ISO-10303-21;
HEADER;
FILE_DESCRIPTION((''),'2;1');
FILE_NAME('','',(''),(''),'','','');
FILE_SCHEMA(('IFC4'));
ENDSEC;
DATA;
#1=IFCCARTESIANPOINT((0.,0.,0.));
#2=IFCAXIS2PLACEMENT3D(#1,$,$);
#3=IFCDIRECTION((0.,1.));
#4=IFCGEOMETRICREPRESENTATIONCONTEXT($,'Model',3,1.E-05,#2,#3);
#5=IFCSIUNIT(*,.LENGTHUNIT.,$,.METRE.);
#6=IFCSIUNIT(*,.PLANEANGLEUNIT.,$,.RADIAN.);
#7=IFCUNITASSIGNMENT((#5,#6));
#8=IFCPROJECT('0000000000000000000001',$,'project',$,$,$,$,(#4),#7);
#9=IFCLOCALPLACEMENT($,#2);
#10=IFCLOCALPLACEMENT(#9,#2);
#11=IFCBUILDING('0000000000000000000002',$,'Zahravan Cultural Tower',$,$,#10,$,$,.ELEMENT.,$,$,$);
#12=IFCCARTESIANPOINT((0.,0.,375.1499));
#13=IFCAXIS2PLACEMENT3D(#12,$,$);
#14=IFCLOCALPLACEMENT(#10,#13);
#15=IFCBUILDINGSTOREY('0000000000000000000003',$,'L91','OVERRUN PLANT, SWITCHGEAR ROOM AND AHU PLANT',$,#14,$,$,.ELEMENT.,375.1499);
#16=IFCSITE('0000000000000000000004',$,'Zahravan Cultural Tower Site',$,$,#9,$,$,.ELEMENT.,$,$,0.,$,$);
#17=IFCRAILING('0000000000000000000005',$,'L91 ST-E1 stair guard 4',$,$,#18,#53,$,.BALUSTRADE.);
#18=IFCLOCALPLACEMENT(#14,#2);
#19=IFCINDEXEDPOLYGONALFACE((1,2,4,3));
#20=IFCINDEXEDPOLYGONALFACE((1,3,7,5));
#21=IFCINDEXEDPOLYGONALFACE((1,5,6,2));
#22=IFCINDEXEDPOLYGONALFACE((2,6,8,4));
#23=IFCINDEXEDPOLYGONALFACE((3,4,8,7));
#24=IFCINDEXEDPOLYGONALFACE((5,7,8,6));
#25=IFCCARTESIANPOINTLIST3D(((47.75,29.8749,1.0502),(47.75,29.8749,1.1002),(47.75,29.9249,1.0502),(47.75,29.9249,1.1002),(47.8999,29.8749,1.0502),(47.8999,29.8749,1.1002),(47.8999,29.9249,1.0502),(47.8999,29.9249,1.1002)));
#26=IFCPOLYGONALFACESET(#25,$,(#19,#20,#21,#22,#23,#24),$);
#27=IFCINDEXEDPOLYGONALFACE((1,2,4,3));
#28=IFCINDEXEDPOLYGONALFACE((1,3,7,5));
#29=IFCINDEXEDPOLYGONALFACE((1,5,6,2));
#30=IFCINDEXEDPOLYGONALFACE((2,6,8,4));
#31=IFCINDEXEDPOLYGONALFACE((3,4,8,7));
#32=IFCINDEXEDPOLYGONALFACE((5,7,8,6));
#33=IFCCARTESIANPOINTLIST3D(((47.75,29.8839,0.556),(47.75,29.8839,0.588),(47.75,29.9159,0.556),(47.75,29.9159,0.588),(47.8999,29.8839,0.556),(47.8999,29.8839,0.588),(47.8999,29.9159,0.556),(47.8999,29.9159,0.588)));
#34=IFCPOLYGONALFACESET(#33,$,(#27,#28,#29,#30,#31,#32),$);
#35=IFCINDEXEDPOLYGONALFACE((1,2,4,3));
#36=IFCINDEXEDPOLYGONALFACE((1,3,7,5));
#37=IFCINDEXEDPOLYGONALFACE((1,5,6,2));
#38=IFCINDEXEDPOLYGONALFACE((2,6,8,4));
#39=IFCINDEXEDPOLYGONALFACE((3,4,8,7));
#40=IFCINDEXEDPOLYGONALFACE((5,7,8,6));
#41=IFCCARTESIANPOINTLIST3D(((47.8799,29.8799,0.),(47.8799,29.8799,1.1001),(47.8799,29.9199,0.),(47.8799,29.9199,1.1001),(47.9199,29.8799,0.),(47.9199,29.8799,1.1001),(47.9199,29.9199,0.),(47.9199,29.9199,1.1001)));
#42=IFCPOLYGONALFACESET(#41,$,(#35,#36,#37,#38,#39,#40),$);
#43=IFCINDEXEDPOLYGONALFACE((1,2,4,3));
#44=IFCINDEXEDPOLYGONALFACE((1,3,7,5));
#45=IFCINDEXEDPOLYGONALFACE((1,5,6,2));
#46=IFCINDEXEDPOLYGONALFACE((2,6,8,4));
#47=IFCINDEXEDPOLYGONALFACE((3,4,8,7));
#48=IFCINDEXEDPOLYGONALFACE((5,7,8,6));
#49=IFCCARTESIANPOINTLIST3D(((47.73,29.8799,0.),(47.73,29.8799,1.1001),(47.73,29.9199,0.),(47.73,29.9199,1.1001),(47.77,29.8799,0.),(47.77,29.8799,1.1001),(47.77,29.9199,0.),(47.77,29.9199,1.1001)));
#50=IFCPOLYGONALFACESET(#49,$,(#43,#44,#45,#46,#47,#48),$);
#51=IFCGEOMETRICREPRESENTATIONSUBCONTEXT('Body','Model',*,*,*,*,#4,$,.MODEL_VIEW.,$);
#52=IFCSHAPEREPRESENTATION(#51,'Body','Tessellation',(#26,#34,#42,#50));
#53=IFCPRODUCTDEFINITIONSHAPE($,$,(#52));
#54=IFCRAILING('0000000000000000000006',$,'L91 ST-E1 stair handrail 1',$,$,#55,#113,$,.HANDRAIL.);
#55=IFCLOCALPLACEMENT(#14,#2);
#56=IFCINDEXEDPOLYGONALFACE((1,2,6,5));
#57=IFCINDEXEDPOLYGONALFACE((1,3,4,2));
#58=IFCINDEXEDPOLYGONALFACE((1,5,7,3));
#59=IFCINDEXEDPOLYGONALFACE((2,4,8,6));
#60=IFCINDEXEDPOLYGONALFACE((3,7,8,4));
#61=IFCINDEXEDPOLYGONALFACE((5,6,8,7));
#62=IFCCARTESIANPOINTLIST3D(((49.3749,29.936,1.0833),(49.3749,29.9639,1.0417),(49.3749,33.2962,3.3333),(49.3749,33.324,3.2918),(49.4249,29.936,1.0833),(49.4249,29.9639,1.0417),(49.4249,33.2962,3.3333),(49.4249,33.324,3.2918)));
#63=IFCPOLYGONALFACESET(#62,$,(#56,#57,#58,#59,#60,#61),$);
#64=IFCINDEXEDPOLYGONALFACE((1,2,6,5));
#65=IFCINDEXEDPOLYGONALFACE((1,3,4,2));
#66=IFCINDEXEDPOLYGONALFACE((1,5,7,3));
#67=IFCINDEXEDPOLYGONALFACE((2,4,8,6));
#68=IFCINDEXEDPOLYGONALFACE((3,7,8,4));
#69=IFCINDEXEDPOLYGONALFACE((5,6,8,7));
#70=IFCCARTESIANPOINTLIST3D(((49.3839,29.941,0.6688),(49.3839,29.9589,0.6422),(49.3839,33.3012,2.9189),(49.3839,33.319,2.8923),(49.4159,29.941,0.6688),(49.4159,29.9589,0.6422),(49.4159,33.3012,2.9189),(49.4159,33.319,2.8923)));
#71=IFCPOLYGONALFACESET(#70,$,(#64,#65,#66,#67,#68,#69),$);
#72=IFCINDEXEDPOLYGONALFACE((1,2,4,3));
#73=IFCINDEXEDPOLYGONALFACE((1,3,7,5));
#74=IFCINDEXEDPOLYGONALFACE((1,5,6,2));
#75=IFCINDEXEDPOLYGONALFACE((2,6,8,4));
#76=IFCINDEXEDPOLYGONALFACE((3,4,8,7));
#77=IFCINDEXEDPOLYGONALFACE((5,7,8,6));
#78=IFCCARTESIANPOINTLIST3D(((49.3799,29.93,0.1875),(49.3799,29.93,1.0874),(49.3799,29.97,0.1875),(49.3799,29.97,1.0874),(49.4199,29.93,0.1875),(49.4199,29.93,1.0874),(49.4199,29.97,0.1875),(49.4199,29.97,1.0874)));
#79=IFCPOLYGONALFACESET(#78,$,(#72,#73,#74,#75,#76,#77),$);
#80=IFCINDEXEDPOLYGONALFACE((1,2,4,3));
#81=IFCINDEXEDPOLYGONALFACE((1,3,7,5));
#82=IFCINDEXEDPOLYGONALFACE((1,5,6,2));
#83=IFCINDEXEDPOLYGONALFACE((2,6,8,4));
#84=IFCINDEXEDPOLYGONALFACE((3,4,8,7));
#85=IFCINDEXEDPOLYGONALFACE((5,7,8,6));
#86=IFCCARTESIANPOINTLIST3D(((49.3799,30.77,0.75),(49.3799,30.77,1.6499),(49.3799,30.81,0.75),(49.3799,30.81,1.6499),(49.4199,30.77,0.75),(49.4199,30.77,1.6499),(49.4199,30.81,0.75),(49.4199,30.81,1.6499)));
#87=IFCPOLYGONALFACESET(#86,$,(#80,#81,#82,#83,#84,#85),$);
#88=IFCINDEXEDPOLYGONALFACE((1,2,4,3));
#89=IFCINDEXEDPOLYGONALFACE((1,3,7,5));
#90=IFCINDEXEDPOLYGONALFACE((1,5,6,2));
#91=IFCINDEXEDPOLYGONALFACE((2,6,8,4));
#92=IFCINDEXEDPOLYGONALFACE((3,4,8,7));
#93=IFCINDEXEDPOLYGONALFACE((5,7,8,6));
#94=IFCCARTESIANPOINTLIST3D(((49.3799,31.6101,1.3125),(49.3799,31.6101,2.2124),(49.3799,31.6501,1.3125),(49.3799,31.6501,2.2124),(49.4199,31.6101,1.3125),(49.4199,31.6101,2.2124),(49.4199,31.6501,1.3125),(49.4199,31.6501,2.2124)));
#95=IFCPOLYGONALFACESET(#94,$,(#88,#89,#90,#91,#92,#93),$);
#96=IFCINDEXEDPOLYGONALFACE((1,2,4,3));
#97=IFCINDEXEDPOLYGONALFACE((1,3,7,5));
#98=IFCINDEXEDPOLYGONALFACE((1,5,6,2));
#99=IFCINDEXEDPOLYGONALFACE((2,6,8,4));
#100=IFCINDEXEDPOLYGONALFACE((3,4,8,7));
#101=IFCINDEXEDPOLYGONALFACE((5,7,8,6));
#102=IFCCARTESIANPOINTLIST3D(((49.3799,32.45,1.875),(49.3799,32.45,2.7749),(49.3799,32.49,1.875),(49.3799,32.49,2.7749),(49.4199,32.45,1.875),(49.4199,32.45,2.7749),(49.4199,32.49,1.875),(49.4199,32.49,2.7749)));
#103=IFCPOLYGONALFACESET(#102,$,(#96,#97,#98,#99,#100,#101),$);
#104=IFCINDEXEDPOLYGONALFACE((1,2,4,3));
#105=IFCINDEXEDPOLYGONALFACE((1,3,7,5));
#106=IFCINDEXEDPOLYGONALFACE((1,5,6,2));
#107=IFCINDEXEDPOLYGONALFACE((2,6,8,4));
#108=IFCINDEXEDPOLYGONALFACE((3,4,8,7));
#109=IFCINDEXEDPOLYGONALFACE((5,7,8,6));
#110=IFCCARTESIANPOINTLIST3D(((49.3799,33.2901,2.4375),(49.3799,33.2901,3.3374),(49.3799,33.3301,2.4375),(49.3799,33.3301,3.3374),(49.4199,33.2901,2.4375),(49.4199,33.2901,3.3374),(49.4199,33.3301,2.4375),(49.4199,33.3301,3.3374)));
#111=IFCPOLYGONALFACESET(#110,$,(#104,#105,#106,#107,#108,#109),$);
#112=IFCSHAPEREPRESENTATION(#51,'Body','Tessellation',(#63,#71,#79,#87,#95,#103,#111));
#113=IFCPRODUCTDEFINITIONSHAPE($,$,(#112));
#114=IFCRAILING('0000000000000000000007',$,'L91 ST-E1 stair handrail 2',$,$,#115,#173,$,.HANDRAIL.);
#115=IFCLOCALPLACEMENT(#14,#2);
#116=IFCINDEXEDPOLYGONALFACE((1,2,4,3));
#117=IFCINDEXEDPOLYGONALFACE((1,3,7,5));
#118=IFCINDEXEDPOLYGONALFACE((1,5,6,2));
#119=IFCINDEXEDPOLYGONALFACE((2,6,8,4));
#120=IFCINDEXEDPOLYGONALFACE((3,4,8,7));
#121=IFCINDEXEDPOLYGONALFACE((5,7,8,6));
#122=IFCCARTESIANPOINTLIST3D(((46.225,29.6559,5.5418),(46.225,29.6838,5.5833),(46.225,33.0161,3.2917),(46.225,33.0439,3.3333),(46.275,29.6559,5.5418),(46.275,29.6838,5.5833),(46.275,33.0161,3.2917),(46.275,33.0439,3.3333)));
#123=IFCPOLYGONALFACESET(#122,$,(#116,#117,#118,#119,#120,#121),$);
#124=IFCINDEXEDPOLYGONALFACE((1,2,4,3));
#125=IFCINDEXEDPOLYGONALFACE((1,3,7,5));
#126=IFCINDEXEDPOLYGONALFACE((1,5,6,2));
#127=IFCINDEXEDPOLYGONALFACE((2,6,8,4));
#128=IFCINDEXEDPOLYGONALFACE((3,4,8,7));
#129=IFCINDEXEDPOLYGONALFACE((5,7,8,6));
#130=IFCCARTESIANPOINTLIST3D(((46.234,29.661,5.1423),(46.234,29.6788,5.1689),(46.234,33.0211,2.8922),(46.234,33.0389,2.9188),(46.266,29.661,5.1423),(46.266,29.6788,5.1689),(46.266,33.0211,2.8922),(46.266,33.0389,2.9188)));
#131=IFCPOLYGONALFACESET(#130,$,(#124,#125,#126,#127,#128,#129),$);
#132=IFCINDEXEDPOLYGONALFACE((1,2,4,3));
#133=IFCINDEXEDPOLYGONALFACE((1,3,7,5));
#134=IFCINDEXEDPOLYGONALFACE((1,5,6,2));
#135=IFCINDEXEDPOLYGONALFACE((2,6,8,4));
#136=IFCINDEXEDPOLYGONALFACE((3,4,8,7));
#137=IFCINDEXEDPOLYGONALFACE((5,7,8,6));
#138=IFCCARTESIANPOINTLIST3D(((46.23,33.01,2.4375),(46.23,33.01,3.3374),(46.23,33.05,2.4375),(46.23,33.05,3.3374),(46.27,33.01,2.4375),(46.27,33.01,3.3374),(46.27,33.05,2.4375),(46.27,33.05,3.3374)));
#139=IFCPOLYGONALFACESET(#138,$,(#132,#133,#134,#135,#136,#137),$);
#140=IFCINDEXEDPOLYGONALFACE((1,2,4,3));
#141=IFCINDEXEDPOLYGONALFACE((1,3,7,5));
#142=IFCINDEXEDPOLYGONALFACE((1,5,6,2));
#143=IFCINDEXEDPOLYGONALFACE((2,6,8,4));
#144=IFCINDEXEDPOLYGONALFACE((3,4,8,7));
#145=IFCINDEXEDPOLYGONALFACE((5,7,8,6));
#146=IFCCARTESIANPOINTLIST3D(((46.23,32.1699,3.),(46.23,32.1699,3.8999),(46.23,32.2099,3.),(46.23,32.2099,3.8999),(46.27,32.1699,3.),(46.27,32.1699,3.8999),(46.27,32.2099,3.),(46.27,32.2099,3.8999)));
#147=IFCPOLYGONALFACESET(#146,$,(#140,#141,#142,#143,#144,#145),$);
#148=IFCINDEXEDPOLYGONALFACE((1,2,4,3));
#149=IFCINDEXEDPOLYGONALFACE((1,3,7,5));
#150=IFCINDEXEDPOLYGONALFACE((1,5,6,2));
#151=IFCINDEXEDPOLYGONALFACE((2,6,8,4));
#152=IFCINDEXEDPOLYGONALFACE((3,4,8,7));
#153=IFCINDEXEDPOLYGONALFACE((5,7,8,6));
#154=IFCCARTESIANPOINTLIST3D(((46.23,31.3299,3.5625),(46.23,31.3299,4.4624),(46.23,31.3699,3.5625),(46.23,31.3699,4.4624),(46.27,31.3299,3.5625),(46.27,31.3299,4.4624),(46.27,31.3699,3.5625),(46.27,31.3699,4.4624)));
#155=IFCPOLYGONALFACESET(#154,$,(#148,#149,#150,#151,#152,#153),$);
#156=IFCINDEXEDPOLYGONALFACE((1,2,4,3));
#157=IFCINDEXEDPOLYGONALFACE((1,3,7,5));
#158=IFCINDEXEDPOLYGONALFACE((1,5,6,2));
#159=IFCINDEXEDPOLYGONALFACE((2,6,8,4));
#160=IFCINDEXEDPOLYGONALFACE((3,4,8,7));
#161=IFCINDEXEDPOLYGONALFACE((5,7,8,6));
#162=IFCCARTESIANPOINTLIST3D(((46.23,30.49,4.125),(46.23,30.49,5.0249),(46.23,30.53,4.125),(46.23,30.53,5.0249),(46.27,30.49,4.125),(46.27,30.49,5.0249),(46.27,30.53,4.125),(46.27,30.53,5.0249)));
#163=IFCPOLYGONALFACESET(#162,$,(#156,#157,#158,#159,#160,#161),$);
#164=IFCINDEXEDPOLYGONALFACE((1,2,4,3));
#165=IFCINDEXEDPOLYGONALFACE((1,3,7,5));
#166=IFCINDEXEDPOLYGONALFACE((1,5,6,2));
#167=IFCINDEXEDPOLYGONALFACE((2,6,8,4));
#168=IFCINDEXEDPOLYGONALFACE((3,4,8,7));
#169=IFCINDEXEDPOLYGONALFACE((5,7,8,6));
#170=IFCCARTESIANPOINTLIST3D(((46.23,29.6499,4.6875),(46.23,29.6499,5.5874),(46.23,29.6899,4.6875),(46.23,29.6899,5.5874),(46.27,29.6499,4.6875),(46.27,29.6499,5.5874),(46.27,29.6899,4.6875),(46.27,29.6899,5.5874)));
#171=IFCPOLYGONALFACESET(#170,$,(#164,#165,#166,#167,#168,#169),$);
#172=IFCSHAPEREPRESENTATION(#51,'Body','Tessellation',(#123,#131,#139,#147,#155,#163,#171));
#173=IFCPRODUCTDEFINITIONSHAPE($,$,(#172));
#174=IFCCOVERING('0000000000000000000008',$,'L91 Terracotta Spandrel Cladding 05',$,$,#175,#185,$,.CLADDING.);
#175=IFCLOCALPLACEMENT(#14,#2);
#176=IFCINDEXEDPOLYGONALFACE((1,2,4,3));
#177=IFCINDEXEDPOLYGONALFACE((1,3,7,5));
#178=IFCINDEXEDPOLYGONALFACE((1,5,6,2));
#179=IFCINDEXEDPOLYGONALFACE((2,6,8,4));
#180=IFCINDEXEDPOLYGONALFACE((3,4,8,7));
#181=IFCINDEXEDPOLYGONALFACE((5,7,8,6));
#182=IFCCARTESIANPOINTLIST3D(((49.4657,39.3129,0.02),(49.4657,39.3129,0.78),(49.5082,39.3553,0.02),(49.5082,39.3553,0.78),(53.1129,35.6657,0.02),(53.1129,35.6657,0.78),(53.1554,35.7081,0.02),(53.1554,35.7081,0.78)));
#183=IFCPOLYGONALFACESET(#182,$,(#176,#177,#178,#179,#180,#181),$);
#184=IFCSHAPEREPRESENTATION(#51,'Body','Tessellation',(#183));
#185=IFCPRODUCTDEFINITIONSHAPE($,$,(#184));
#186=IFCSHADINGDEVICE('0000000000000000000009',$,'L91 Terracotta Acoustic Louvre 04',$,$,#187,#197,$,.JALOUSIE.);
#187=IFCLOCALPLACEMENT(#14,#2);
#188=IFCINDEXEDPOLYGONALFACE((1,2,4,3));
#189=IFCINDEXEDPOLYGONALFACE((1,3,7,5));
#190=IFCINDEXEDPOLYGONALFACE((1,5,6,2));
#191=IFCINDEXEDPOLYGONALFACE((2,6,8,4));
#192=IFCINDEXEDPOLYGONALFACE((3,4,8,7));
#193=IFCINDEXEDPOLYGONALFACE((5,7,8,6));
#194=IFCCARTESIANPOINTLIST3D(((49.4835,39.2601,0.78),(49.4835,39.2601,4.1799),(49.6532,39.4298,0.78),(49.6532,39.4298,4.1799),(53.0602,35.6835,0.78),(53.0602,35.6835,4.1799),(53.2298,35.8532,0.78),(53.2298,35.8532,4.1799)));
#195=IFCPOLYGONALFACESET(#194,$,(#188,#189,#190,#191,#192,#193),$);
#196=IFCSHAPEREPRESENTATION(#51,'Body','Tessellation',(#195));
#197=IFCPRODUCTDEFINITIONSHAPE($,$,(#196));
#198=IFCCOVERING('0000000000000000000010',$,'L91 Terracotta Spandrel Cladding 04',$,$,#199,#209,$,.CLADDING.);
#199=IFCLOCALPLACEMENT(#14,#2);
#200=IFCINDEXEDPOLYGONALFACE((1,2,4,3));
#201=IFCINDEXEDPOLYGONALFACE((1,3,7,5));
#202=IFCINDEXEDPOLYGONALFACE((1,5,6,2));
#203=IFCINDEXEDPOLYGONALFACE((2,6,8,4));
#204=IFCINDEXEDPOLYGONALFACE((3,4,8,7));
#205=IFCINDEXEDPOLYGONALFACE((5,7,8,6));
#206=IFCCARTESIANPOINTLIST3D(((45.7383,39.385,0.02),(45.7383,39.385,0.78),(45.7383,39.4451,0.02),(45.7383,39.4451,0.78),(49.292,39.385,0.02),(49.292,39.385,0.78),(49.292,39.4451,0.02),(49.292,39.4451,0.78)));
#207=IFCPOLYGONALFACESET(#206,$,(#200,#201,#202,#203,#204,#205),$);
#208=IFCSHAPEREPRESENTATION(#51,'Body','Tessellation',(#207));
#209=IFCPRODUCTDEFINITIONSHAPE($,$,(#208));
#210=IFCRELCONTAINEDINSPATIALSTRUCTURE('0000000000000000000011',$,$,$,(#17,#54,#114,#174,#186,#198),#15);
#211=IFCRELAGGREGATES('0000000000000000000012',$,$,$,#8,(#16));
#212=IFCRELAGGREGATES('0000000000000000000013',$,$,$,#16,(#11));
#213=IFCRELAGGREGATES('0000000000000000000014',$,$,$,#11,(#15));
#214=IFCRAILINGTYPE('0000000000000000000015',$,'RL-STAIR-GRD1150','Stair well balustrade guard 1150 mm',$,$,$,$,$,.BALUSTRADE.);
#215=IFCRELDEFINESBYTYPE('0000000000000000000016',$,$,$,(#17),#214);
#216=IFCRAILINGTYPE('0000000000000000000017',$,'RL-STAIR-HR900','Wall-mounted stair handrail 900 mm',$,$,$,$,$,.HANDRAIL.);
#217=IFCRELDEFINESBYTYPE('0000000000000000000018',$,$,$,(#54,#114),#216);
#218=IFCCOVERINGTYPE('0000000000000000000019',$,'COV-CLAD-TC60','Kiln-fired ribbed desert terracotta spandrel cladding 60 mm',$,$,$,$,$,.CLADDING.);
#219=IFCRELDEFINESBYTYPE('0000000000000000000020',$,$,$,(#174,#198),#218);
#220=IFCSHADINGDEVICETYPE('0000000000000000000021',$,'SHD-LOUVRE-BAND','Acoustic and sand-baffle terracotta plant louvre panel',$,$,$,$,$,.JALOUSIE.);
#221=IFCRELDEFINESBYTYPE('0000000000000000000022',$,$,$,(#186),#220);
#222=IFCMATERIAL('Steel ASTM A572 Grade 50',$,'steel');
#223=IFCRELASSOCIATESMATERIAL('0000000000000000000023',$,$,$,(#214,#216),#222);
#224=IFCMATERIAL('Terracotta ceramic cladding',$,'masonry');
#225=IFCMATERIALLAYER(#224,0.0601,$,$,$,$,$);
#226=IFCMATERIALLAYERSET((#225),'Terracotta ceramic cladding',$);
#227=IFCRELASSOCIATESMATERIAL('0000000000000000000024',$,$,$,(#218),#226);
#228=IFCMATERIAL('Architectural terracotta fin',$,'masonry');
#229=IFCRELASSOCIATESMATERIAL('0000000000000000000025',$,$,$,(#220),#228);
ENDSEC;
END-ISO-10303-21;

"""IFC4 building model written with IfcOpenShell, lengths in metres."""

from ifc_helpers import new_model, si_unit, direction, frame, origin, origin_2d, place, context, subcontext, project, spatial, rectangle, extrude, source, transform, mapped, material, layer, layer_set, type_object, element, save


model = new_model("IFC4")

# Units and contexts
model_context = context("Model", 3, precision=1e-05, world=origin(), true_north=direction((0.0, 1.0)))
body_context = subcontext(model_context, "Body", "Model", "MODEL_VIEW")
ifc_project = project(units=[si_unit("LENGTHUNIT", "METRE"), si_unit("PLANEANGLEUNIT", "RADIAN")], contexts=[model_context])

# Site, building, storey
site_placement = place(None, origin())
site = spatial("IfcSite", under=ifc_project, at=site_placement, Name="Zahravan Cultural Tower Site", CompositionType="ELEMENT", RefElevation=0.0)
building_placement = place(site_placement, origin())
building = spatial("IfcBuilding", under=site, at=building_placement, Name="Zahravan Cultural Tower", CompositionType="ELEMENT")
storey_placement = place(building_placement, frame((0.0, 0.0, 375.1499)))
storey = spatial("IfcBuildingStorey", under=building, at=storey_placement, Name="L91", Description="OVERRUN PLANT, SWITCHGEAR ROOM AND AHU PLANT", CompositionType="ELEMENT", Elevation=375.1499)

# Shared definitions
ifc_material_1 = material(Name="Steel ASTM A572 Grade 50", Category="steel")

# Railings
railing_type_1 = type_object("IfcRailingType", Name="RL-STAIR-GRD1150", Description="Stair well balustrade guard 1150 mm", PredefinedType="BALUSTRADE", material=ifc_material_1)
railing_1_placement = place(storey_placement, frame((47.8999, 29.8999, 0.0)))
element("IfcRailing", 1, at=railing_1_placement, inside=storey, type_object=railing_type_1, Name="L91 ST-E1 stair guard 4", PredefinedType="BALUSTRADE", context=body_context, shape_type="SweptSolid", body=[
    extrude(rectangle(XDim=0.05, YDim=0.05, at=origin_2d()), frame((0.0, 0.0, 1.0752), z_axis=(-1.0, 0.0, 0.0), x_axis=(0.0, -1.0, 0.0)), (0.0, 0.0, 1.0), 0.1499),
    extrude(rectangle(XDim=0.032, YDim=0.032, at=origin_2d()), frame((0.0, 0.0, 0.572), z_axis=(-1.0, 0.0, 0.0), x_axis=(0.0, -1.0, 0.0)), (0.0, 0.0, 1.0), 0.1499),
    extrude(rectangle(XDim=0.04, YDim=0.04, at=origin_2d()), origin(), (0.0, 0.0, 1.0), 1.1001),
    extrude(rectangle(XDim=0.04, YDim=0.04, at=origin_2d()), frame((-0.1499, 0.0, 0.0)), (0.0, 0.0, 1.0), 1.1001),
])
railing_type_2 = type_object("IfcRailingType", Name="RL-STAIR-HR900", Description="Wall-mounted stair handrail 900 mm", PredefinedType="HANDRAIL", material=ifc_material_1)
railing_2_placement = place(storey_placement, frame((49.3999, 29.95, 0.1875)))
element("IfcRailing", 2, at=railing_2_placement, inside=storey, type_object=railing_type_2, Name="L91 ST-E1 stair handrail 1", PredefinedType="HANDRAIL", context=body_context, shape_type="SweptSolid", body=[
    extrude(rectangle(XDim=0.05, YDim=0.05, at=origin_2d()), frame((0.0, 0.0, 0.875), z_axis=(0.0, 0.830915, 0.556399), x_axis=(-1.0, 0.0, 0.0)), (0.0, 0.0, 1.0), 4.0439),
    extrude(rectangle(XDim=0.032, YDim=0.032, at=origin_2d()), frame((0.0, 0.0, 0.468), z_axis=(0.0, 0.830915, 0.556399), x_axis=(-1.0, 0.0, 0.0)), (0.0, 0.0, 1.0), 4.0439),
    extrude(rectangle(XDim=0.04, YDim=0.04, at=origin_2d()), origin(), (0.0, 0.0, 1.0), 0.8999),
    extrude(rectangle(XDim=0.04, YDim=0.04, at=origin_2d()), frame((0.0, 0.8401, 0.5625)), (0.0, 0.0, 1.0), 0.8999),
    extrude(rectangle(XDim=0.04, YDim=0.04, at=origin_2d()), frame((0.0, 1.6802, 1.125)), (0.0, 0.0, 1.0), 0.8999),
    extrude(rectangle(XDim=0.04, YDim=0.04, at=origin_2d()), frame((0.0, 2.52, 1.6875)), (0.0, 0.0, 1.0), 0.8999),
    extrude(rectangle(XDim=0.04, YDim=0.04, at=origin_2d()), frame((0.0, 3.3601, 2.25)), (0.0, 0.0, 1.0), 0.8999),
])
railing_3_placement = place(storey_placement, frame((46.25, 33.03, 2.4375)))
element("IfcRailing", 3, at=railing_3_placement, inside=storey, type_object=railing_type_2, Name="L91 ST-E1 stair handrail 2", PredefinedType="HANDRAIL", context=body_context, shape_type="SweptSolid", body=[
    extrude(rectangle(XDim=0.05, YDim=0.05, at=origin_2d()), frame((0.0, 0.0, 0.875), z_axis=(0.0, -0.830915, 0.556399), x_axis=(1.0, 0.0, 0.0)), (0.0, 0.0, 1.0), 4.0439),
    extrude(rectangle(XDim=0.032, YDim=0.032, at=origin_2d()), frame((0.0, 0.0, 0.468), z_axis=(0.0, -0.830915, 0.556399), x_axis=(1.0, 0.0, 0.0)), (0.0, 0.0, 1.0), 4.0439),
    extrude(rectangle(XDim=0.04, YDim=0.04, at=origin_2d()), origin(), (0.0, 0.0, 1.0), 0.8999),
    extrude(rectangle(XDim=0.04, YDim=0.04, at=origin_2d()), frame((0.0, -0.8401, 0.5625)), (0.0, 0.0, 1.0), 0.8999),
    extrude(rectangle(XDim=0.04, YDim=0.04, at=origin_2d()), frame((0.0, -1.6802, 1.125)), (0.0, 0.0, 1.0), 0.8999),
    extrude(rectangle(XDim=0.04, YDim=0.04, at=origin_2d()), frame((0.0, -2.52, 1.6875)), (0.0, 0.0, 1.0), 0.8999),
    extrude(rectangle(XDim=0.04, YDim=0.04, at=origin_2d()), frame((0.0, -3.3601, 2.25)), (0.0, 0.0, 1.0), 0.8999),
])

# Covering
ifc_material_2 = material(Name="Terracotta ceramic cladding", Category="masonry")
ifc_layer_1 = layer(ifc_material_2, 0.0601)
ifc_layer_set_1 = layer_set([ifc_layer_1], Name="Terracotta ceramic cladding")
covering_type = type_object("IfcCoveringType", Name="COV-CLAD-TC60", Description="Kiln-fired ribbed desert terracotta spandrel cladding 60 mm", PredefinedType="CLADDING", material=ifc_layer_set_1)
shared_shape_1 = source(origin(), body_context, "Body", "SweptSolid", [
    extrude(rectangle(XDim=5.158, YDim=0.0601, at=origin_2d()), origin(), (0.0, 0.0, 1.0), 0.76),
])
covering_1_placement = place(storey_placement, frame((51.3105, 37.5105, 0.02), z_axis=(0.0, 0.0, 1.0), x_axis=(0.707107, -0.707107, 0.0)))
element("IfcCovering", 4, at=covering_1_placement, inside=storey, type_object=covering_type, Name="L91 Terracotta Spandrel Cladding 05", PredefinedType="CLADDING", context=body_context, shape_type="MappedRepresentation", body=[
    mapped(shared_shape_1, transform((0.0, 0.0, 0.0), x_axis=(1.0, 0.0, 0.0), y_axis=(0.0, 1.0, 0.0), z_axis=(0.0, 0.0, 1.0), scale=1.0)),
])

# Shading device
ifc_material_3 = material(Name="Architectural terracotta fin", Category="masonry")
shading_device_type = type_object("IfcShadingDeviceType", Name="SHD-LOUVRE-BAND", Description="Acoustic and sand-baffle terracotta plant louvre panel", PredefinedType="JALOUSIE", material=ifc_material_3)
shared_shape_2 = source(origin(), body_context, "Body", "SweptSolid", [
    extrude(rectangle(XDim=5.0581, YDim=0.24, at=origin_2d()), origin(), (0.0, 0.0, 1.0), 3.3999),
])
shading_device_1_placement = place(storey_placement, frame((51.3567, 37.5566, 0.78), z_axis=(0.0, 0.0, 1.0), x_axis=(0.707107, -0.707107, 0.0)))
element("IfcShadingDevice", 5, at=shading_device_1_placement, inside=storey, type_object=shading_device_type, Name="L91 Terracotta Acoustic Louvre 04", PredefinedType="JALOUSIE", context=body_context, shape_type="MappedRepresentation", body=[
    mapped(shared_shape_2, transform((0.0, 0.0, 0.0), x_axis=(1.0, 0.0, 0.0), y_axis=(0.0, 1.0, 0.0), z_axis=(0.0, 0.0, 1.0), scale=1.0)),
])

# Covering
shared_shape_3 = source(origin(), body_context, "Body", "SweptSolid", [
    extrude(rectangle(XDim=3.5537, YDim=0.0601, at=origin_2d()), origin(), (0.0, 0.0, 1.0), 0.76),
])
covering_2_placement = place(storey_placement, frame((47.5151, 39.415, 0.02), z_axis=(0.0, 0.0, 1.0), x_axis=(1.0, 0.0, 0.0)))
element("IfcCovering", 6, at=covering_2_placement, inside=storey, type_object=covering_type, Name="L91 Terracotta Spandrel Cladding 04", PredefinedType="CLADDING", context=body_context, shape_type="MappedRepresentation", body=[
    mapped(shared_shape_3, transform((0.0, 0.0, 0.0), x_axis=(1.0, 0.0, 0.0), y_axis=(0.0, 1.0, 0.0), z_axis=(0.0, 0.0, 1.0), scale=1.0)),
])

save(model, "model.ifc")
